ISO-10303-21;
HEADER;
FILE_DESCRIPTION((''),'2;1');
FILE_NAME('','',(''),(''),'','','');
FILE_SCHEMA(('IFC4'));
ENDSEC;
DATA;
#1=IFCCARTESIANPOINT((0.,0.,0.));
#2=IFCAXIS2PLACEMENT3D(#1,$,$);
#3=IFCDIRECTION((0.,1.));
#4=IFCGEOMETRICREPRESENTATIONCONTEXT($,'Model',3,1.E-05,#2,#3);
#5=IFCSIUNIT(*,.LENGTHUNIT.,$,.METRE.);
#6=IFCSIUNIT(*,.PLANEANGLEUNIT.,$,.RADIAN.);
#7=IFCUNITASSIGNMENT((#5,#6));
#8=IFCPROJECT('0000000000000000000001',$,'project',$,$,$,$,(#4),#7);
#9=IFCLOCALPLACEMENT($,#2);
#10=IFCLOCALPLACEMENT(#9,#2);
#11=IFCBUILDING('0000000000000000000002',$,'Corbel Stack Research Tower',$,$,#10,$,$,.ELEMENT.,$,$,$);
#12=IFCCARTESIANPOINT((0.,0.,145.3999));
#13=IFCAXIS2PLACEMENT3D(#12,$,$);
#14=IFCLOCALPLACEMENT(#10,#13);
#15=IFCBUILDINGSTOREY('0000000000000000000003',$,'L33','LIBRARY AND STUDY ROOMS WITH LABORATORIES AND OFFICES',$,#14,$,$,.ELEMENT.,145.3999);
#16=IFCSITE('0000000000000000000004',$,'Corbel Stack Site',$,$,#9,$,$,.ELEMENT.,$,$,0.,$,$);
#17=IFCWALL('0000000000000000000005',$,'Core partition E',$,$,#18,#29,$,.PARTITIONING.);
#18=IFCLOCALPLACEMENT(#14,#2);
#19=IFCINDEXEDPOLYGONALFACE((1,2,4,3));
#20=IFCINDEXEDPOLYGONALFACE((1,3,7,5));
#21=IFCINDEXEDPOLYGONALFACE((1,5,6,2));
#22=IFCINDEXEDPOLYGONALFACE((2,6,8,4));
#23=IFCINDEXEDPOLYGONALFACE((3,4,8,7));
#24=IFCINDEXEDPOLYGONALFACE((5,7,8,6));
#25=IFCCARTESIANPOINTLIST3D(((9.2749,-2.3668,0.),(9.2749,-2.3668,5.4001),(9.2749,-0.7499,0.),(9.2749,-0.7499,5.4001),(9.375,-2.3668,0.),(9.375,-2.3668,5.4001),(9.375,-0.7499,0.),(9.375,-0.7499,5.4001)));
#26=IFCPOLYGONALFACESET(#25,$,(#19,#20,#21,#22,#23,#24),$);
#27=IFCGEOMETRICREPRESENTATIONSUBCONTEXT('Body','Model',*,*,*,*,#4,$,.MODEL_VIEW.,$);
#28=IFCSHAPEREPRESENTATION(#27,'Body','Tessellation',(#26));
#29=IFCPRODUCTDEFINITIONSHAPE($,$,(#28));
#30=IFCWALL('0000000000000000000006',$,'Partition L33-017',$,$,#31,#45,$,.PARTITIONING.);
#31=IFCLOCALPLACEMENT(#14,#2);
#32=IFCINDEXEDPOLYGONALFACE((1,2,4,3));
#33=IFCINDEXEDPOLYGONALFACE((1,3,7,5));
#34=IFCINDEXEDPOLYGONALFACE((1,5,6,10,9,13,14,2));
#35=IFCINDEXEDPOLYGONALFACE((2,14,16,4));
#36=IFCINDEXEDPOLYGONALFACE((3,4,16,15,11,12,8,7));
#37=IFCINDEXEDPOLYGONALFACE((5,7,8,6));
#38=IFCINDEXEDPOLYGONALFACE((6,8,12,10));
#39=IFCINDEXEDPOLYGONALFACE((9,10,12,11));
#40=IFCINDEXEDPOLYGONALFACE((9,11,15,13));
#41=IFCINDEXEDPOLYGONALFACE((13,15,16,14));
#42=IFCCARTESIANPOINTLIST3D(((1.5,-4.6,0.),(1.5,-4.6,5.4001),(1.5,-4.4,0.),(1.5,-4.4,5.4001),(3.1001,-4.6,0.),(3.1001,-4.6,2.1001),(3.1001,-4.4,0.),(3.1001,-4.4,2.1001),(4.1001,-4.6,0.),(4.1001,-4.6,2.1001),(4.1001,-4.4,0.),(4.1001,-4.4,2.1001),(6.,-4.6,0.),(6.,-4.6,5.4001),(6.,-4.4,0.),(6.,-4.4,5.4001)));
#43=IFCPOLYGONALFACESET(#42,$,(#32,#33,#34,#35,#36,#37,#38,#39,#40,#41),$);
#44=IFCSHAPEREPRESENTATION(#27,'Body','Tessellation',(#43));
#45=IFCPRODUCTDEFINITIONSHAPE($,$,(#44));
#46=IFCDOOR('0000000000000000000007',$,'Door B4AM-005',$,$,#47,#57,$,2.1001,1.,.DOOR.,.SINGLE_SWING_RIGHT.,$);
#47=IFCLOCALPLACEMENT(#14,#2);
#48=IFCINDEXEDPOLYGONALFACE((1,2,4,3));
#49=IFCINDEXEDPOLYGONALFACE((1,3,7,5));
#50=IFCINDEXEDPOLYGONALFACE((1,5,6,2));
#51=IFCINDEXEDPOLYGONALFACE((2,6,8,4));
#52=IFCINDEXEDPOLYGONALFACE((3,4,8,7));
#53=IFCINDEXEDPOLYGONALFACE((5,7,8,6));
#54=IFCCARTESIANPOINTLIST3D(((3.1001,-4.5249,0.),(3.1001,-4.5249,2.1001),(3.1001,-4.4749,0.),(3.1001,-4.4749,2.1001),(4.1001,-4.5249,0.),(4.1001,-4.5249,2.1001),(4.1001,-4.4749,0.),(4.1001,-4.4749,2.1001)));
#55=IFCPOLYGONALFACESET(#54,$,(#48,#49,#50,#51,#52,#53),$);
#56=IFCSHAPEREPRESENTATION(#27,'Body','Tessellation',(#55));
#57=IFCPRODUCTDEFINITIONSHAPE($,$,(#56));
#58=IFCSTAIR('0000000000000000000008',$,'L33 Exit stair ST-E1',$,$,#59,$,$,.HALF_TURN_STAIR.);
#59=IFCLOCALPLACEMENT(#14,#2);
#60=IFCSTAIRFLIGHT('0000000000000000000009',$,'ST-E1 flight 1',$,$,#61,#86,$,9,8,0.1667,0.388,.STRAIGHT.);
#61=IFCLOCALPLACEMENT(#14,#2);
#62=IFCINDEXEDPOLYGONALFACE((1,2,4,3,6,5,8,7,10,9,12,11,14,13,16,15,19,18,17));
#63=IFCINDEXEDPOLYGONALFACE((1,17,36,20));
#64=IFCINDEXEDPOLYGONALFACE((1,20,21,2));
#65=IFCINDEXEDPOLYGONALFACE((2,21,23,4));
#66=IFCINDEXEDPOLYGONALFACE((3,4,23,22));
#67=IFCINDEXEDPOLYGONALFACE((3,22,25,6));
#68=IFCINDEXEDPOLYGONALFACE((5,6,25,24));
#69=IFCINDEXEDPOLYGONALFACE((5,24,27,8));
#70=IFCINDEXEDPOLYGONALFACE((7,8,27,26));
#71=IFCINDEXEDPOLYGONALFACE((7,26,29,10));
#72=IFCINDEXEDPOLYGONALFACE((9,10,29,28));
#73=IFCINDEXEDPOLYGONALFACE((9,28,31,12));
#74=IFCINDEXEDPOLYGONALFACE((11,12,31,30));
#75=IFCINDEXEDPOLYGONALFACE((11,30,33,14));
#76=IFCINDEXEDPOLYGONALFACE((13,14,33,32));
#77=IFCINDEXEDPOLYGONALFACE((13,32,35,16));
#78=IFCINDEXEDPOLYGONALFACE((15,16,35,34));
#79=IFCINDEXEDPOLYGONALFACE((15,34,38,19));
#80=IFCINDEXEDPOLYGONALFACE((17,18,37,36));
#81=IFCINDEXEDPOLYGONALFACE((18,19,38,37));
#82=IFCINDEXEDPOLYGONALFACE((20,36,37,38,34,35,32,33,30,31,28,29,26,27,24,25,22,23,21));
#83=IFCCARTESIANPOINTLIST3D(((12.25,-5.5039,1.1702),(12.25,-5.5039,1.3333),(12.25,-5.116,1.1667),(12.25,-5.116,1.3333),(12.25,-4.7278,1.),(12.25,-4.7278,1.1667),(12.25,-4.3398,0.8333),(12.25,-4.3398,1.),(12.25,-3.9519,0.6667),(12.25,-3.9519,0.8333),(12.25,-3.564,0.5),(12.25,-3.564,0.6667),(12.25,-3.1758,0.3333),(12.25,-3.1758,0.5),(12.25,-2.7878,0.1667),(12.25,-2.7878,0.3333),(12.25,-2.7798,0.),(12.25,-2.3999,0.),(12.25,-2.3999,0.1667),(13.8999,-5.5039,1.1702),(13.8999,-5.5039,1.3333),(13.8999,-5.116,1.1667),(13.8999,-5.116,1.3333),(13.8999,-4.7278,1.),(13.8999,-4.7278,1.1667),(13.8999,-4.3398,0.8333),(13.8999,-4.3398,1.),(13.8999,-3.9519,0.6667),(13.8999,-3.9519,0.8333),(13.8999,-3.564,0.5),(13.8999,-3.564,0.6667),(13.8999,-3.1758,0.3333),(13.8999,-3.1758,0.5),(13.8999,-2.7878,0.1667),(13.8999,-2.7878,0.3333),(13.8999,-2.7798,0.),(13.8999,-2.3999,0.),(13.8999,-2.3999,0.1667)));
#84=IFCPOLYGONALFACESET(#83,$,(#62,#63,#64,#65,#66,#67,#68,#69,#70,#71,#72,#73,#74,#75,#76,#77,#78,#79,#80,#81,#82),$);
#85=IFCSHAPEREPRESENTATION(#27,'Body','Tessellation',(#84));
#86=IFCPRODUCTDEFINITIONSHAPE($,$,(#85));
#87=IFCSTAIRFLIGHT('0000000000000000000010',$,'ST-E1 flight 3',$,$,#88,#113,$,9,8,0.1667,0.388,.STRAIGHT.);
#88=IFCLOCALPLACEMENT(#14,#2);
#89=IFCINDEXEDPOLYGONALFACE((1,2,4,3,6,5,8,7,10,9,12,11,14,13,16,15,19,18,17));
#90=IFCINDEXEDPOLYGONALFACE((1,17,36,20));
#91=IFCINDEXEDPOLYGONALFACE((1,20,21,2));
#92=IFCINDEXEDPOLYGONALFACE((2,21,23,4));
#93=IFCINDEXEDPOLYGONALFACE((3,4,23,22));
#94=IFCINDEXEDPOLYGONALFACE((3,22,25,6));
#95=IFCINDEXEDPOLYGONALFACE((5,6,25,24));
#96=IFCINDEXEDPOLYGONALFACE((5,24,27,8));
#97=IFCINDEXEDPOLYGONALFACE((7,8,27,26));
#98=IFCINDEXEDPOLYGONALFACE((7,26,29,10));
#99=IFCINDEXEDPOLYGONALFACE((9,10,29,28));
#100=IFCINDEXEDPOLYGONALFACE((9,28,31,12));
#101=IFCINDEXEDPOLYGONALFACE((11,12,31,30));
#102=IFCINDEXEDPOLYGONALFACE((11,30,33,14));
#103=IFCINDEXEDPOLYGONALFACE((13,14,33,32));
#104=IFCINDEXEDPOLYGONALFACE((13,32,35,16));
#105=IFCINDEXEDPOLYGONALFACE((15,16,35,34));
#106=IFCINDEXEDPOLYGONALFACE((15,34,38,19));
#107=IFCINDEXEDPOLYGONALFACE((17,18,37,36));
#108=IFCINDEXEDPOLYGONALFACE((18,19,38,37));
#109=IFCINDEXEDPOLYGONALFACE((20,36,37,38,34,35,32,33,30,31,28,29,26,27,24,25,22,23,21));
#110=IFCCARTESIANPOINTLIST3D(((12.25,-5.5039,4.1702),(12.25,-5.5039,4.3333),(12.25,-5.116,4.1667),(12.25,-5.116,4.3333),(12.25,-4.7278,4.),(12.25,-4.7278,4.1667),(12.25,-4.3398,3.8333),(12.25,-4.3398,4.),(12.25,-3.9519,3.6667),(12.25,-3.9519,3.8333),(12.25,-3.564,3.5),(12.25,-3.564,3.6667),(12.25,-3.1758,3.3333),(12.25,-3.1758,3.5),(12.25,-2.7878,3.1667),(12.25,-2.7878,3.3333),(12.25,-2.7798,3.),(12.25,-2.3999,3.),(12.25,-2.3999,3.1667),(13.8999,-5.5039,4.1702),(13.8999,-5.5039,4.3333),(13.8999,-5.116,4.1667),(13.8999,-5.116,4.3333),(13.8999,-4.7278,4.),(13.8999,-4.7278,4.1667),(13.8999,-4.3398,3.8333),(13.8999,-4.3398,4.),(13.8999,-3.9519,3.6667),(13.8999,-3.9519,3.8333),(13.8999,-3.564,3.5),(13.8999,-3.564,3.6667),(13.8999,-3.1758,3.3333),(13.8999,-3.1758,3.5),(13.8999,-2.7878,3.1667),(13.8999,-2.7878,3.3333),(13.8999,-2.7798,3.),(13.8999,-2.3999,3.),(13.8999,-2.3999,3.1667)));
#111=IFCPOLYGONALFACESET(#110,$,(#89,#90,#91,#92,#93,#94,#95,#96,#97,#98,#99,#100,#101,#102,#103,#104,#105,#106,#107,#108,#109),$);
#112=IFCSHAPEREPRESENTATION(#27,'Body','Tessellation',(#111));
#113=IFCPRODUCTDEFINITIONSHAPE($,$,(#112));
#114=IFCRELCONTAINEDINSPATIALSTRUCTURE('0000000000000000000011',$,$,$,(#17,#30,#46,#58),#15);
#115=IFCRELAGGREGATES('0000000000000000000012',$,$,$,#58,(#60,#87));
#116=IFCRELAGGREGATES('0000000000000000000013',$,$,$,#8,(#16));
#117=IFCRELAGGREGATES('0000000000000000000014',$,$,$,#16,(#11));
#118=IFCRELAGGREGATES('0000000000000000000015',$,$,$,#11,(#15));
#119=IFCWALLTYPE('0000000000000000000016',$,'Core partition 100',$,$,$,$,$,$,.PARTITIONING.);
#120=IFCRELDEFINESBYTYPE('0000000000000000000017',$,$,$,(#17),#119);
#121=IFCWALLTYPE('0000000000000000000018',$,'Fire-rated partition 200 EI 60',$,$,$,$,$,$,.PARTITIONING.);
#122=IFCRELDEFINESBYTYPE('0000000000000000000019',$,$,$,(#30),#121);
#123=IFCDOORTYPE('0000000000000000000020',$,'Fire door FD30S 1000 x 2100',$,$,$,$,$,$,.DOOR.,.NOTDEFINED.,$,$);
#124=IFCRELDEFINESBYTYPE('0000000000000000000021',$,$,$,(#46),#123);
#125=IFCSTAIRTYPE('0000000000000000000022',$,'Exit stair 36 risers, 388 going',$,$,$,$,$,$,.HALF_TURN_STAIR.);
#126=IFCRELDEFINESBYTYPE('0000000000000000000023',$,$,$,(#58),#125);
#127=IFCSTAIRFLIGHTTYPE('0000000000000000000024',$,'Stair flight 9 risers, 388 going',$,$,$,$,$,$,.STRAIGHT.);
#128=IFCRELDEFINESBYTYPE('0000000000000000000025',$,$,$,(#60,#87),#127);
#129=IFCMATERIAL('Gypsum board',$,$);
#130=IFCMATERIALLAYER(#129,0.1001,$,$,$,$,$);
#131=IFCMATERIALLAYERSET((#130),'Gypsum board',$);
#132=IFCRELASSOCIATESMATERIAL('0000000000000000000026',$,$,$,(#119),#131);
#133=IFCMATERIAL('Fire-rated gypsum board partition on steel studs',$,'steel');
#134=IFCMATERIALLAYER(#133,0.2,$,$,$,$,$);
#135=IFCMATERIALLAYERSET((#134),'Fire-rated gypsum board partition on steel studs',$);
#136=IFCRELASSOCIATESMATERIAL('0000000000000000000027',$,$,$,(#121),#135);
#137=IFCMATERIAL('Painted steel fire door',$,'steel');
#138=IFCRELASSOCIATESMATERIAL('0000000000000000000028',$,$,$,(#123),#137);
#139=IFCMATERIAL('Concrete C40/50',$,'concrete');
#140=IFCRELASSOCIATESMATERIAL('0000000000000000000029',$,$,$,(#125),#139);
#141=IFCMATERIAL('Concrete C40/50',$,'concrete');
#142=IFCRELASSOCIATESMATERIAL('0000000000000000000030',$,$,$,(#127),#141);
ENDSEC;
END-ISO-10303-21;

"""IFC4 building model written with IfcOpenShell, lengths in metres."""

from ifc_helpers import new_model, si_unit, direction, frame, frame_2d, origin, place, context, subcontext, project, spatial, polyline, rectangle, outline, extrude, material, layer, layer_set, type_object, element, fill, aggregate, save


model = new_model("IFC4")

# Units and contexts
model_context = context("Model", 3, precision=1e-05, world=origin(), true_north=direction((0.0, 1.0)))
body_context = subcontext(model_context, "Body", "Model", "MODEL_VIEW")
ifc_project = project(units=[si_unit("LENGTHUNIT", "METRE"), si_unit("PLANEANGLEUNIT", "RADIAN")], contexts=[model_context])

# Site, building, storey
site_placement = place(None, origin())
site = spatial("IfcSite", under=ifc_project, at=site_placement, Name="Corbel Stack Site", CompositionType="ELEMENT", RefElevation=0.0)
building_placement = place(site_placement, origin())
building = spatial("IfcBuilding", under=site, at=building_placement, Name="Corbel Stack Research Tower", CompositionType="ELEMENT")
storey_placement = place(building_placement, frame((0.0, 0.0, 145.3999)))
storey = spatial("IfcBuildingStorey", under=building, at=storey_placement, Name="L33", Description="LIBRARY AND STUDY ROOMS WITH LABORATORIES AND OFFICES", CompositionType="ELEMENT", Elevation=145.3999)

# Shared definitions
ifc_material_1 = material(Name="Gypsum board")
ifc_layer_1 = layer(ifc_material_1, 0.1001)
ifc_layer_set_1 = layer_set([ifc_layer_1], Name="Gypsum board")
wall_type_1 = type_object("IfcWallType", Name="Core partition 100", PredefinedType="PARTITIONING", material=ifc_layer_set_1)

# Wall
wall_1_placement = place(storey_placement, frame((9.325, -2.3669, 0.0), z_axis=(0.0, 0.0, 1.0), x_axis=(0.0, 1.0, 0.0)))
element("IfcWall", 1, at=wall_1_placement, inside=storey, type_object=wall_type_1, Name="Core partition E", PredefinedType="PARTITIONING", context=body_context, shape_type="SweptSolid", body=[
    extrude(rectangle(XDim=1.6169, YDim=0.1001, at=frame_2d((0.8086, 0.0))), origin(), (0.0, 0.0, 1.0), 5.4001),
])

# Wall, opening, door
ifc_material_2 = material(Name="Fire-rated gypsum board partition on steel studs", Category="steel")
ifc_layer_2 = layer(ifc_material_2, 0.2)
ifc_layer_set_2 = layer_set([ifc_layer_2], Name="Fire-rated gypsum board partition on steel studs")
wall_type_2 = type_object("IfcWallType", Name="Fire-rated partition 200 EI 60", PredefinedType="PARTITIONING", material=ifc_layer_set_2)
wall_2_placement = place(storey_placement, frame((6.0, -4.5, 0.0), z_axis=(0.0, 0.0, 1.0), x_axis=(-1.0, 0.0, 0.0)))
wall_2 = element("IfcWall", 2, at=wall_2_placement, inside=storey, type_object=wall_type_2, Name="Partition L33-017", PredefinedType="PARTITIONING", context=body_context, shape_type="SweptSolid", body=[
    extrude(rectangle(XDim=4.5, YDim=0.2, at=frame_2d((2.25, 0.0))), origin(), (0.0, 0.0, 1.0), 5.4001),
])
opening_1_placement = place(wall_2_placement, frame((1.8999, 0.0, 0.0)))
opening_1 = element("IfcOpeningElement", 3, at=opening_1_placement, cuts=wall_2, PredefinedType="OPENING", context=body_context, shape_type="SweptSolid", body=[
    extrude(rectangle(XDim=1.0, YDim=2.1001, at=frame_2d((0.5, 1.05))), frame((0.0, 0.1099, 0.0), z_axis=(0.0, -1.0, 0.0), x_axis=(1.0, 0.0, 0.0)), (0.0, 0.0, 1.0), 0.22),
])
ifc_material_3 = material(Name="Painted steel fire door", Category="steel")
door_type_1 = type_object("IfcDoorType", Name="Fire door FD30S 1000 x 2100", OperationType="NOTDEFINED", PredefinedType="DOOR", material=ifc_material_3)
door_1_placement = place(opening_1_placement, origin())
door_1 = element("IfcDoor", 4, at=door_1_placement, inside=storey, type_object=door_type_1, Name="Door B4AM-005", OperationType="SINGLE_SWING_RIGHT", OverallHeight=2.1001, OverallWidth=1.0, PredefinedType="DOOR", context=body_context, shape_type="SweptSolid", body=[
    extrude(rectangle(XDim=1.0, YDim=2.1001, at=frame_2d((0.5, 1.05))), frame((0.0, 0.0249, 0.0), z_axis=(0.0, -1.0, 0.0), x_axis=(1.0, 0.0, 0.0)), (0.0, 0.0, 1.0), 0.05),
])
fill(opening_1, door_1)

# Stair, stair flights
ifc_material_4 = material(Name="Concrete C40/50", Category="concrete")
stair_type = type_object("IfcStairType", Name="Exit stair 36 risers, 388 going", PredefinedType="HALF_TURN_STAIR", material=ifc_material_4)
stair_placement = place(storey_placement, origin())
stair = element("IfcStair", 5, at=stair_placement, inside=storey, type_object=stair_type, Name="L33 Exit stair ST-E1", PredefinedType="HALF_TURN_STAIR")
ifc_material_5 = material(Name="Concrete C40/50", Category="concrete")
stair_flight_type = type_object("IfcStairFlightType", Name="Stair flight 9 risers, 388 going", PredefinedType="STRAIGHT", material=ifc_material_5)
stair_flight_1_placement = place(storey_placement, frame((13.075, -2.3999, 0.0), z_axis=(0.0, 0.0, 1.0), x_axis=(0.0, -1.0, 0.0)))
stair_flight_1 = element("IfcStairFlight", 6, at=stair_flight_1_placement, type_object=stair_flight_type, Name="ST-E1 flight 1", NumberOfRisers=9, NumberOfTreads=8, PredefinedType="STRAIGHT", RiserHeight=0.1667, TreadLength=0.388, context=body_context, shape_type="SweptSolid", body=[
    extrude(outline(polyline([(0.0, 0.0), (0.0, 0.1667), (0.3879, 0.1667), (0.3879, 0.3333), (0.7759, 0.3333), (0.7759, 0.5), (1.1641, 0.5), (1.1641, 0.6667), (1.552, 0.6667), (1.552, 0.8333), (1.9399, 0.8333), (1.9399, 1.0), (2.3279, 1.0), (2.3279, 1.1667), (2.7161, 1.1667), (2.7161, 1.3333), (3.104, 1.3333), (3.104, 1.5), (3.104, 1.1702), (0.3799, 0.0), (0.0, 0.0)])), frame((0.0, 0.825, 0.0), z_axis=(0.0, -1.0, 0.0), x_axis=(1.0, 0.0, 0.0)), (0.0, 0.0, 1.0), 1.6499),
])
stair_flight_2_placement = place(storey_placement, frame((13.075, -2.3999, 3.0), z_axis=(0.0, 0.0, 1.0), x_axis=(0.0, -1.0, 0.0)))
stair_flight_2 = element("IfcStairFlight", 7, at=stair_flight_2_placement, type_object=stair_flight_type, Name="ST-E1 flight 3", NumberOfRisers=9, NumberOfTreads=8, PredefinedType="STRAIGHT", RiserHeight=0.1667, TreadLength=0.388, context=body_context, shape_type="SweptSolid", body=[
    extrude(outline(polyline([(0.0, 0.0), (0.0, 0.1667), (0.3879, 0.1667), (0.3879, 0.3333), (0.7759, 0.3333), (0.7759, 0.5), (1.1641, 0.5), (1.1641, 0.6667), (1.552, 0.6667), (1.552, 0.8333), (1.9399, 0.8333), (1.9399, 1.0), (2.3279, 1.0), (2.3279, 1.1667), (2.7161, 1.1667), (2.7161, 1.3333), (3.104, 1.3333), (3.104, 1.5), (3.104, 1.1702), (0.3799, 0.0), (0.0, 0.0)])), frame((0.0, 0.825, 0.0), z_axis=(0.0, -1.0, 0.0), x_axis=(1.0, 0.0, 0.0)), (0.0, 0.0, 1.0), 1.6499),
])
aggregate(stair, [stair_flight_1, stair_flight_2])

save(model, "model.ifc")
